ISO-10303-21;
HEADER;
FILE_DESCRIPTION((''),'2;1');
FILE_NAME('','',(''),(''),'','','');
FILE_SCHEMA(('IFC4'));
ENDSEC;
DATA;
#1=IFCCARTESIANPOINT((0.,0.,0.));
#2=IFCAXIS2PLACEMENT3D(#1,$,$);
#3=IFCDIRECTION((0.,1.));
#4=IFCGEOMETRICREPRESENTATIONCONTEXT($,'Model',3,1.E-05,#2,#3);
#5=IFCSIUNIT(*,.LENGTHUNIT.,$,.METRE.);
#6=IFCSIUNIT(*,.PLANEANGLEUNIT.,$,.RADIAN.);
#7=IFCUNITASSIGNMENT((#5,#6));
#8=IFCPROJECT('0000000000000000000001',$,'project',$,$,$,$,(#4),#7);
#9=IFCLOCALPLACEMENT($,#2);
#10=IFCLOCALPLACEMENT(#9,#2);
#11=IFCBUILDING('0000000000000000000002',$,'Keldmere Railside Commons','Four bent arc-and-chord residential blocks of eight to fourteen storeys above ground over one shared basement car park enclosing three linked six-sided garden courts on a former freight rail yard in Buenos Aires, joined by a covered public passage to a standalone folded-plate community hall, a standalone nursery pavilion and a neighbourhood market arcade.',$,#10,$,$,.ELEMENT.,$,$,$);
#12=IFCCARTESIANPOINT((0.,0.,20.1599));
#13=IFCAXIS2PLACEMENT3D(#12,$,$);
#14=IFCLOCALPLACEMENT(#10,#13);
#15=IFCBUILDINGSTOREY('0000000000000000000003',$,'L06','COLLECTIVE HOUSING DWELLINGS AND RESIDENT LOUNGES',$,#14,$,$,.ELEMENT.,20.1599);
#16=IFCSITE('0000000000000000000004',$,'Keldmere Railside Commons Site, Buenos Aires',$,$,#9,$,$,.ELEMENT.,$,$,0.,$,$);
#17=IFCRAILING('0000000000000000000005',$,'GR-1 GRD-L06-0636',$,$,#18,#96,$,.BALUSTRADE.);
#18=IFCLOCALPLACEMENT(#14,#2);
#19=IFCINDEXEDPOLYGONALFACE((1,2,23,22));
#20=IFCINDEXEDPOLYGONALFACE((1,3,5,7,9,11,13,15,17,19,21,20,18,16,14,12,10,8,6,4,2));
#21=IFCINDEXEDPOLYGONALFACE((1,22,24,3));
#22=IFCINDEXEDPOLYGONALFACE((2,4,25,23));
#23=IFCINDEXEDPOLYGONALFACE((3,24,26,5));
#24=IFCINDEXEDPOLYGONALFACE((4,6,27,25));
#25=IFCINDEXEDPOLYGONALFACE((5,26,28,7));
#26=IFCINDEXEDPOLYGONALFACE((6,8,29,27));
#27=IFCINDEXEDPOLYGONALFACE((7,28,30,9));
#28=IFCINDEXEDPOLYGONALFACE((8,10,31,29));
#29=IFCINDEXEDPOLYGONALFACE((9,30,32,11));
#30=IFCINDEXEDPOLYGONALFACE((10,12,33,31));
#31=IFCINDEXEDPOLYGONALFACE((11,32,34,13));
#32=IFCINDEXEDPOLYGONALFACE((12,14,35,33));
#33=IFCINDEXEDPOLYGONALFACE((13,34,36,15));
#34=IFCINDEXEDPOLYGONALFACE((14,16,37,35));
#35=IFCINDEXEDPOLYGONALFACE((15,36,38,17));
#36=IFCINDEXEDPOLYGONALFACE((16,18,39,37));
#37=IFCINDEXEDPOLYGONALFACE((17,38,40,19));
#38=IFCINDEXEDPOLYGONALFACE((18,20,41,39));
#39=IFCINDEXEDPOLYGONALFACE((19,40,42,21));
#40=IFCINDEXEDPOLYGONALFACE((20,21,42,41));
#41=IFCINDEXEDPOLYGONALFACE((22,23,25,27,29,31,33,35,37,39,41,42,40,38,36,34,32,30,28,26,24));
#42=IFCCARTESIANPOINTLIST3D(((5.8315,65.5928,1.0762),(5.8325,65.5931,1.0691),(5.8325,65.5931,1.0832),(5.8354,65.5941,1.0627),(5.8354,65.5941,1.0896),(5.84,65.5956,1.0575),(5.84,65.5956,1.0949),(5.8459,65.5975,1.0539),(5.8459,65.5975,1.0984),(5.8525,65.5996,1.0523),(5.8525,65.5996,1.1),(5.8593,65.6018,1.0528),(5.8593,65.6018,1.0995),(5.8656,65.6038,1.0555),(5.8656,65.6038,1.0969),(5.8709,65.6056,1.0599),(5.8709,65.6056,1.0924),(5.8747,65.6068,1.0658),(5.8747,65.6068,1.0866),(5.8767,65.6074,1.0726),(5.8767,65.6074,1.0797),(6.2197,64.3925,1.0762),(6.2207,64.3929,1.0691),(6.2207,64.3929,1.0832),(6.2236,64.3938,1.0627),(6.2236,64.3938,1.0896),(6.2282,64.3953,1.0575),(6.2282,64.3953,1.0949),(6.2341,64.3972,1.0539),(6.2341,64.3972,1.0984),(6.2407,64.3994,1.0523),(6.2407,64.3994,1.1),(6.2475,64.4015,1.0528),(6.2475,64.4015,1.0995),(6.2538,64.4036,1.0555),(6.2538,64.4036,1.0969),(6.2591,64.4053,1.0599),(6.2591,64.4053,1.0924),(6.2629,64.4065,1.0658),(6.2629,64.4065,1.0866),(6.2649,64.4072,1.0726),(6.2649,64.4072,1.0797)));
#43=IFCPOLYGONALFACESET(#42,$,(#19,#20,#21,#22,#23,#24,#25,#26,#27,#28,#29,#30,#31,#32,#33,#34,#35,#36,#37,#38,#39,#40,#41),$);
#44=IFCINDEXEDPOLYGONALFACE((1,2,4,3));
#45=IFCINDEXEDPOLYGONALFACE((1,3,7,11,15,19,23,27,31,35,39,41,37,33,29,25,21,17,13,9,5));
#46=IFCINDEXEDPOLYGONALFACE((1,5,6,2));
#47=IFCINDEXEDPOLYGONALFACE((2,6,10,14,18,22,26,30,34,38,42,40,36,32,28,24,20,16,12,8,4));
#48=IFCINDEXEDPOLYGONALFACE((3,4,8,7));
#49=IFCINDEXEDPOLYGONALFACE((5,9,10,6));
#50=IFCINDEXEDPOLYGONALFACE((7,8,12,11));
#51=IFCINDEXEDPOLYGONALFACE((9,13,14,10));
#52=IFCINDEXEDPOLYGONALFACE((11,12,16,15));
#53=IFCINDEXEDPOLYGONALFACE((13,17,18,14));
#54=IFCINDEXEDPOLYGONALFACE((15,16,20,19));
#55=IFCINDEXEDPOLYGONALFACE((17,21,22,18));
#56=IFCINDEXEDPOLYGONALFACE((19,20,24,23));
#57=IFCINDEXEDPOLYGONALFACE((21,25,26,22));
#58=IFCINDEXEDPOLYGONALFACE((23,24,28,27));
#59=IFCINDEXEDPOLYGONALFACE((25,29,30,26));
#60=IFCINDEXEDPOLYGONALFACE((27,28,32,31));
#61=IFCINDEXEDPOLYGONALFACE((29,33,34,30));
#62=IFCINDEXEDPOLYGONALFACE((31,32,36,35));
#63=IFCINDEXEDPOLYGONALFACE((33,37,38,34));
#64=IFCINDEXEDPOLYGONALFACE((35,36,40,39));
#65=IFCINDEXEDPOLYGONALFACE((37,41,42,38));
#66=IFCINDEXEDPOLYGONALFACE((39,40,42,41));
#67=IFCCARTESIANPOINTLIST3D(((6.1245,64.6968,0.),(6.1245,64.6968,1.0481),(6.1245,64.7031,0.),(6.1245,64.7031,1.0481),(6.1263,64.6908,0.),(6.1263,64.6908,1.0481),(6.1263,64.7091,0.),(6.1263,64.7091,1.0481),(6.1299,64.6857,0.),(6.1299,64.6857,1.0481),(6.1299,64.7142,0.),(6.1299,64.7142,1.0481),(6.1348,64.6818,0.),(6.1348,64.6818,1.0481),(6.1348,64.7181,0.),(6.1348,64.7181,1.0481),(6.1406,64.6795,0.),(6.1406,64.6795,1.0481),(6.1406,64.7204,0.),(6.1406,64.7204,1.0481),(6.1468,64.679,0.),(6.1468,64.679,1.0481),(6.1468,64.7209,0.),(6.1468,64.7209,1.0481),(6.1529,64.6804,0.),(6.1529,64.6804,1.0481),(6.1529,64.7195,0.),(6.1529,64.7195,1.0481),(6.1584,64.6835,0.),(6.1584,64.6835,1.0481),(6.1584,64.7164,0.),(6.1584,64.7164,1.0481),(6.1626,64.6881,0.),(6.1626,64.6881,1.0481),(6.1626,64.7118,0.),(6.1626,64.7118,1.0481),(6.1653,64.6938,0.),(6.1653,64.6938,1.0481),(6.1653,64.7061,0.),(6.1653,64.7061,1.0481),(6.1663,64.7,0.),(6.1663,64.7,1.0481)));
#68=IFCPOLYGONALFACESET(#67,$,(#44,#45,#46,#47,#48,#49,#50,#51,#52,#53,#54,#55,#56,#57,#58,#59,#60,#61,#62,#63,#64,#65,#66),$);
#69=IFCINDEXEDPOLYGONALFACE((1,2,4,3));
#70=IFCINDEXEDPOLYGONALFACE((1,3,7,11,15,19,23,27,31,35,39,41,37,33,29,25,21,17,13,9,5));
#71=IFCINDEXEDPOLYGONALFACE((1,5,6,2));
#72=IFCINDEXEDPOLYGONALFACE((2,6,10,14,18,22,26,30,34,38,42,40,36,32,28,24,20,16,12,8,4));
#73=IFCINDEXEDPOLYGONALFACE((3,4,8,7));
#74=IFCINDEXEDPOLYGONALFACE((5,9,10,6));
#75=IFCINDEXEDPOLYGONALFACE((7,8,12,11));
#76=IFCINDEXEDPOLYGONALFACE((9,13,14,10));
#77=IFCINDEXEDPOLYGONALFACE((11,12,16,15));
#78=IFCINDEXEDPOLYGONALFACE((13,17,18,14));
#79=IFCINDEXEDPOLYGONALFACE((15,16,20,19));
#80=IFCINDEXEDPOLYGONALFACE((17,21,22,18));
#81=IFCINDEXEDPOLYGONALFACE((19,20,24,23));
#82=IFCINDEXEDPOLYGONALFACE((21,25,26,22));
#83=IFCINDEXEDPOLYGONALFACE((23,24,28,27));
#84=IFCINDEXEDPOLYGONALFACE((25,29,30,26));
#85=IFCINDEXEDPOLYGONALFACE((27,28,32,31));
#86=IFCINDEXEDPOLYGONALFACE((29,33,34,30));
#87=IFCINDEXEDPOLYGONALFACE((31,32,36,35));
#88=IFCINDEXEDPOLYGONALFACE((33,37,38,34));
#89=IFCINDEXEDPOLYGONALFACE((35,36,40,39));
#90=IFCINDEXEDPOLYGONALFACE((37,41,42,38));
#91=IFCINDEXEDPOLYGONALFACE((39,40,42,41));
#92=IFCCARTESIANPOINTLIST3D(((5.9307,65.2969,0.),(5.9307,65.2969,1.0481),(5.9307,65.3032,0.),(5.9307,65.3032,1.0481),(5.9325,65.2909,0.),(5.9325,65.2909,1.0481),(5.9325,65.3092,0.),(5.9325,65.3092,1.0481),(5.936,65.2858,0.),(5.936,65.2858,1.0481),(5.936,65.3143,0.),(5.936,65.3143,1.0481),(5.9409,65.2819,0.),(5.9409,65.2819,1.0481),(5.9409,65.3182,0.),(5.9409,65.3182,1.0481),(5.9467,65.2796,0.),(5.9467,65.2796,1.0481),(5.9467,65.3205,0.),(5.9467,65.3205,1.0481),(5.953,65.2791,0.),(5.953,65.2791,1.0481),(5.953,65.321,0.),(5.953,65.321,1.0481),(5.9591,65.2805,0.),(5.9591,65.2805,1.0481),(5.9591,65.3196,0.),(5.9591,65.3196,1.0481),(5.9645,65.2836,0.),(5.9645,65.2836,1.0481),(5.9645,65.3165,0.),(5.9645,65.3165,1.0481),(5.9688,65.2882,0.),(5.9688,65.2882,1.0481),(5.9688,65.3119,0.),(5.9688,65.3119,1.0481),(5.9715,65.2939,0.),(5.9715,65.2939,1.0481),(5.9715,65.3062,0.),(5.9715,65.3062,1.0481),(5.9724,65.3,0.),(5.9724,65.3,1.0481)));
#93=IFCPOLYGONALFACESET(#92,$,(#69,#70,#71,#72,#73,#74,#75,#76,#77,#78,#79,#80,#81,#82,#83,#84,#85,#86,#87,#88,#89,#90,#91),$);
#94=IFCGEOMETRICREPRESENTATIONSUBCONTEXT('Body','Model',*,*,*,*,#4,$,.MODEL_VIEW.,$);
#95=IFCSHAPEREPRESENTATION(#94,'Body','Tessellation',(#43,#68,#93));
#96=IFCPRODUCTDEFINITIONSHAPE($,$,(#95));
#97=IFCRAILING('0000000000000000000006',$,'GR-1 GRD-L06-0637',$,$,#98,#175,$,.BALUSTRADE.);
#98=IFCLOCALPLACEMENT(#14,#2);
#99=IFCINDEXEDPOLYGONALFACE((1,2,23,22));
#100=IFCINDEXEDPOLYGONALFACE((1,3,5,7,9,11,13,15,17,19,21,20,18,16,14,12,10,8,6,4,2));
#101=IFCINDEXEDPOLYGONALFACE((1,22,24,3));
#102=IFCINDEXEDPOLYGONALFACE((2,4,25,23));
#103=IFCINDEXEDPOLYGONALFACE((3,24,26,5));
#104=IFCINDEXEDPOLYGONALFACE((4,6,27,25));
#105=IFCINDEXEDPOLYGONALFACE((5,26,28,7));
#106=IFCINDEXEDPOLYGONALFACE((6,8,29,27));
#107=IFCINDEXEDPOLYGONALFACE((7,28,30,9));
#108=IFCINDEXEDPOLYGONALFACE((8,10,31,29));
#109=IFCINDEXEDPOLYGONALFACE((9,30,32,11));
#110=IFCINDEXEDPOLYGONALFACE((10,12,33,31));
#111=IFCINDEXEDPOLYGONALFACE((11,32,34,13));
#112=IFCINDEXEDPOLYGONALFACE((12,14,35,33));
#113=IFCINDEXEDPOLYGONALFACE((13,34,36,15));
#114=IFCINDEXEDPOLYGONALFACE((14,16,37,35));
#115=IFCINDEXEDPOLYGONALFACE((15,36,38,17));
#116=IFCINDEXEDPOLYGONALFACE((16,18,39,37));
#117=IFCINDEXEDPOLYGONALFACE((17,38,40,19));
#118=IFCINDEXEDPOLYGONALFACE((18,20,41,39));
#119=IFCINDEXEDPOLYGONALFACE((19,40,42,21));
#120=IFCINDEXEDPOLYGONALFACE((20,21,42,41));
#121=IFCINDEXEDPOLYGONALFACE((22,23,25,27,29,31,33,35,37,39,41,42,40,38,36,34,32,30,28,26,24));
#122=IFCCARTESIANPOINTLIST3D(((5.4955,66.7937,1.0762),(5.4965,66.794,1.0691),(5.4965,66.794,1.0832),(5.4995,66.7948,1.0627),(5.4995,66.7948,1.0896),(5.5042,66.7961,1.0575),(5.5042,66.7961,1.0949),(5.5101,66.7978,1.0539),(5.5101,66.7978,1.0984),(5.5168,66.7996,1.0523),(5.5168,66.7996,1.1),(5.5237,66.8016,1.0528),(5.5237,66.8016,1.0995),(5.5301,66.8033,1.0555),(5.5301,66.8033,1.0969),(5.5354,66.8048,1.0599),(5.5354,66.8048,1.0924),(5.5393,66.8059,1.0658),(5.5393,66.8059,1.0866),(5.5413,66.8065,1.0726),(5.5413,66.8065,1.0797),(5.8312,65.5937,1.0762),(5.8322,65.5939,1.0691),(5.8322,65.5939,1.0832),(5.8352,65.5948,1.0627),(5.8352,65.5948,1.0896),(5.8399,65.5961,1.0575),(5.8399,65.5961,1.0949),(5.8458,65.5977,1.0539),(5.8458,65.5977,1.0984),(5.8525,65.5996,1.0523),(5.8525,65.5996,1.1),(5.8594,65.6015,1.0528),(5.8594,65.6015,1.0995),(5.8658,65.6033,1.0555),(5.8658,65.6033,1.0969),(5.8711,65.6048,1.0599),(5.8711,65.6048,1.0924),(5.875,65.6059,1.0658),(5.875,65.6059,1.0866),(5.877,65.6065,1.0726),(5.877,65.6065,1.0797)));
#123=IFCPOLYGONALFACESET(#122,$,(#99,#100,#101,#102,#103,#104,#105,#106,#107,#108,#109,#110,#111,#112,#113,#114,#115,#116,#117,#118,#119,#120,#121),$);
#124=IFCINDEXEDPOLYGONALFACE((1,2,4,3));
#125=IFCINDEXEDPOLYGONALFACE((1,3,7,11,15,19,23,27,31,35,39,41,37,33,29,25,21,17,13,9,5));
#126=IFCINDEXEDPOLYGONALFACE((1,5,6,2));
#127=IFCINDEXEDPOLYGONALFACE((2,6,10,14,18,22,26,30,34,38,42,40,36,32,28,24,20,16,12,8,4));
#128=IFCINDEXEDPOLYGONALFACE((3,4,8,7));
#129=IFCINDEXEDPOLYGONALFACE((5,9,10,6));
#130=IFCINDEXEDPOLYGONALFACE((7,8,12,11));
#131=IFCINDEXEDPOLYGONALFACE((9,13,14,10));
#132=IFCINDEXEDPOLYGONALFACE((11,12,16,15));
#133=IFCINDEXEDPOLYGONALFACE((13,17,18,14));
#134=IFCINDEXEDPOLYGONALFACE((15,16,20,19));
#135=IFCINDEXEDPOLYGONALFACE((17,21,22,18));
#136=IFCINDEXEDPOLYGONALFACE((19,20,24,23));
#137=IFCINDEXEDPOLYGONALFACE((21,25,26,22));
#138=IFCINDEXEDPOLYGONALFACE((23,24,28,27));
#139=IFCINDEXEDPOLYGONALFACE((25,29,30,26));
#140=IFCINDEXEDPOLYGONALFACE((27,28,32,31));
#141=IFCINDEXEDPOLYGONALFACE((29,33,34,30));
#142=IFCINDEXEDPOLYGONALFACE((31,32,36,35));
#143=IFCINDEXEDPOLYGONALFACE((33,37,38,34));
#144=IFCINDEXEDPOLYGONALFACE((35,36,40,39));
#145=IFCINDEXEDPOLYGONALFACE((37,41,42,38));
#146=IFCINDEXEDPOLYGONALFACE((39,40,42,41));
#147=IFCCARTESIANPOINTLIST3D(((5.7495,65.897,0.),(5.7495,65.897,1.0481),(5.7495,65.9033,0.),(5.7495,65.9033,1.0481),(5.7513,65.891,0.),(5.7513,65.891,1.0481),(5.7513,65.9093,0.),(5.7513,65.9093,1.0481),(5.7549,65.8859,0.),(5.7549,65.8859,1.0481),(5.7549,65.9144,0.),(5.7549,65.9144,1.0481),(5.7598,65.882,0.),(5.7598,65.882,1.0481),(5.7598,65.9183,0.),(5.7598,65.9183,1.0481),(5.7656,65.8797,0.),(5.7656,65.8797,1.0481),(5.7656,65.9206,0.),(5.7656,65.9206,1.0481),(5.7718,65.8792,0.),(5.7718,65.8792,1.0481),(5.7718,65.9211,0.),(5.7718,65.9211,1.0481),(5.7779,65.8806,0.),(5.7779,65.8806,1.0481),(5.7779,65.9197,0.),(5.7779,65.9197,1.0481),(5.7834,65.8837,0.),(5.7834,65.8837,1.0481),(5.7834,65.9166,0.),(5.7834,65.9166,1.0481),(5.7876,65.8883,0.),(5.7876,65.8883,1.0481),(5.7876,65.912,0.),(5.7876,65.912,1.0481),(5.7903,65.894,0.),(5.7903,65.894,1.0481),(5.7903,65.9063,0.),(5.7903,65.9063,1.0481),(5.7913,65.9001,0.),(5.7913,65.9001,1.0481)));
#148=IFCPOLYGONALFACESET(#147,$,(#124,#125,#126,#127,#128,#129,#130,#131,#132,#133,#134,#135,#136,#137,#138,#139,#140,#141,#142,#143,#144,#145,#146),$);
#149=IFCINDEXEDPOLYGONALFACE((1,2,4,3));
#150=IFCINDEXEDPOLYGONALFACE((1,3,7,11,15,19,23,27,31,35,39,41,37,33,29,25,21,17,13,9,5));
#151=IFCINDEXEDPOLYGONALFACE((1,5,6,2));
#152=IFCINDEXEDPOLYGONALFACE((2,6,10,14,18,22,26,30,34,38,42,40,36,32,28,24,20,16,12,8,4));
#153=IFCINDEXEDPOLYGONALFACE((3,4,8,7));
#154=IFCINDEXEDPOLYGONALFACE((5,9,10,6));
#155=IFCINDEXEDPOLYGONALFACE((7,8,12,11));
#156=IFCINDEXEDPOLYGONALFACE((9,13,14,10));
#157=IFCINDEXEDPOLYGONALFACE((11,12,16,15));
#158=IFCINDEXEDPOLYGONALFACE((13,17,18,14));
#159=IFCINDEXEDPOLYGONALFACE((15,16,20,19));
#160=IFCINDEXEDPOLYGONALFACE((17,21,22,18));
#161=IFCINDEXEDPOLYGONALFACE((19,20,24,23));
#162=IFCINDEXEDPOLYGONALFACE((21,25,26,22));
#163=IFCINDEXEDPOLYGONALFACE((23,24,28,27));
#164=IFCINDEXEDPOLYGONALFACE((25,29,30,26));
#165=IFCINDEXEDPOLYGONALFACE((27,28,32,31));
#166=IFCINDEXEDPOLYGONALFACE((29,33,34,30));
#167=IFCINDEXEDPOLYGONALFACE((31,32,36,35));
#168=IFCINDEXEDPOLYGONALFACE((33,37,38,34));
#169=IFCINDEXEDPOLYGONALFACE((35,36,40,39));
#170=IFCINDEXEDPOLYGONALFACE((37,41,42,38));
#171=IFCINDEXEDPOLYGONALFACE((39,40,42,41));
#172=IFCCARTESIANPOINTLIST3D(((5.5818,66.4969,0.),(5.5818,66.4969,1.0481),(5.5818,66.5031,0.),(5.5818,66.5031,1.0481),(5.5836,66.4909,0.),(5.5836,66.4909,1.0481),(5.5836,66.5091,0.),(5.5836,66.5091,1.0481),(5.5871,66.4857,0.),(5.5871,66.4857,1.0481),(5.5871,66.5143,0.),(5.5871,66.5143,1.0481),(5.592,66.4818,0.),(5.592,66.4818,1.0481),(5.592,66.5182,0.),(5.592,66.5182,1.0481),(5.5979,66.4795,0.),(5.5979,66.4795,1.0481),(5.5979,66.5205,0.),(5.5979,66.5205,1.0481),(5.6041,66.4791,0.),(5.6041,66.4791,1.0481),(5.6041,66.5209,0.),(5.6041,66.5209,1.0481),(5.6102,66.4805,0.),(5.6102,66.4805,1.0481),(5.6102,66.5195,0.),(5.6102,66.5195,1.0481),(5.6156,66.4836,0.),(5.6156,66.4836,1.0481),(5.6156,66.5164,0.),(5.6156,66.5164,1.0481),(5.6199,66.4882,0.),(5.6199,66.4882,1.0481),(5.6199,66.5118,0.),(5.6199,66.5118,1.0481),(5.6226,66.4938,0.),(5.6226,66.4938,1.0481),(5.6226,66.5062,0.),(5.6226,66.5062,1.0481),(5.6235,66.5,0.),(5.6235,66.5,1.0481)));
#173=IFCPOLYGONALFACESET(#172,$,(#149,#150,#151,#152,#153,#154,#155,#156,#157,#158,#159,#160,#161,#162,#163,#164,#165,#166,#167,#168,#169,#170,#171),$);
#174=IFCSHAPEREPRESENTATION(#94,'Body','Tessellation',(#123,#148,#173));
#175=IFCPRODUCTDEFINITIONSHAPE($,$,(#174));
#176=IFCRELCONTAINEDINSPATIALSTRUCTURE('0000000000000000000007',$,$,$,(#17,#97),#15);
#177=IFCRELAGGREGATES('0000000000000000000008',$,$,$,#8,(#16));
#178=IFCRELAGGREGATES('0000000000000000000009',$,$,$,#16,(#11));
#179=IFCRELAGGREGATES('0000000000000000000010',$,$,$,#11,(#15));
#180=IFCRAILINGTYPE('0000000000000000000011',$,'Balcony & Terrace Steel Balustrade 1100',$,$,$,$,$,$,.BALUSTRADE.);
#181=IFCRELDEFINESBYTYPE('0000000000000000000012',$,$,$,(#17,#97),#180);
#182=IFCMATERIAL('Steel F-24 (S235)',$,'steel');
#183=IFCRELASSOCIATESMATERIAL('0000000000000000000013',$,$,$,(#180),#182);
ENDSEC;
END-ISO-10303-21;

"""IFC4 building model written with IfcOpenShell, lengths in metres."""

from ifc_helpers import new_model, si_unit, direction, frame, origin, origin_2d, place, context, subcontext, project, spatial, circle, extrude, material, type_object, element, save


model = new_model("IFC4")

# Units and contexts
model_context = context("Model", 3, precision=1e-05, world=origin(), true_north=direction((0.0, 1.0)))
body_context = subcontext(model_context, "Body", "Model", "MODEL_VIEW")
ifc_project = project(units=[si_unit("LENGTHUNIT", "METRE"), si_unit("PLANEANGLEUNIT", "RADIAN")], contexts=[model_context])

# Site, building, storey
site_placement = place(None, origin())
site = spatial("IfcSite", under=ifc_project, at=site_placement, Name="Keldmere Railside Commons Site, Buenos Aires", CompositionType="ELEMENT", RefElevation=0.0)
building_placement = place(site_placement, origin())
building = spatial("IfcBuilding", under=site, at=building_placement, Name="Keldmere Railside Commons", Description="Four bent arc-and-chord residential blocks of eight to fourteen storeys above ground over one shared basement car park enclosing three linked six-sided garden courts on a former freight rail yard in Buenos Aires, joined by a covered public passage to a standalone folded-plate community hall, a standalone nursery pavilion and a neighbourhood market arcade.", CompositionType="ELEMENT")
storey_placement = place(building_placement, frame((0.0, 0.0, 20.1599)))
storey = spatial("IfcBuildingStorey", under=building, at=storey_placement, Name="L06", Description="COLLECTIVE HOUSING DWELLINGS AND RESIDENT LOUNGES", CompositionType="ELEMENT", Elevation=20.1599)

# Shared definitions
ifc_material_1 = material(Name="Steel F-24 (S235)", Category="steel")

# Railings
railing_type_1 = type_object("IfcRailingType", Name="Balcony & Terrace Steel Balustrade 1100", PredefinedType="BALUSTRADE", material=ifc_material_1)
railing_1_placement = place(storey_placement, frame((6.2424, 64.3999, 0.0)))
element("IfcRailing", 1, at=railing_1_placement, inside=storey, type_object=railing_type_1, Name="GR-1 GRD-L06-0636", PredefinedType="BALUSTRADE", context=body_context, shape_type="SweptSolid", body=[
    extrude(circle(Radius=0.0239, at=origin_2d()), frame((0.0, 0.0, 1.0762), z_axis=(-0.307738, 0.951471, 0.0), x_axis=(-0.951471, -0.307738, 0.0)), (0.0, 0.0, 1.0), 1.2615),
    extrude(circle(Radius=0.021, at=origin_2d()), frame((-0.0972, 0.3, 0.0)), (0.0, 0.0, 1.0), 1.0481),
    extrude(circle(Radius=0.021, at=origin_2d()), frame((-0.291, 0.9001, 0.0)), (0.0, 0.0, 1.0), 1.0481),
])
railing_2_placement = place(storey_placement, frame((5.8542, 65.6001, 0.0)))
element("IfcRailing", 2, at=railing_2_placement, inside=storey, type_object=railing_type_1, Name="GR-1 GRD-L06-0637", PredefinedType="BALUSTRADE", context=body_context, shape_type="SweptSolid", body=[
    extrude(circle(Radius=0.0239, at=origin_2d()), frame((0.0, 0.0, 1.0762), z_axis=(-0.269412, 0.963025, 0.0), x_axis=(-0.963025, -0.269412, 0.0)), (0.0, 0.0, 1.0), 1.2461),
    extrude(circle(Radius=0.021, at=origin_2d()), frame((-0.084, 0.3, 0.0)), (0.0, 0.0, 1.0), 1.0481),
    extrude(circle(Radius=0.021, at=origin_2d()), frame((-0.2517, 0.8999, 0.0)), (0.0, 0.0, 1.0), 1.0481),
])

save(model, "model.ifc")
